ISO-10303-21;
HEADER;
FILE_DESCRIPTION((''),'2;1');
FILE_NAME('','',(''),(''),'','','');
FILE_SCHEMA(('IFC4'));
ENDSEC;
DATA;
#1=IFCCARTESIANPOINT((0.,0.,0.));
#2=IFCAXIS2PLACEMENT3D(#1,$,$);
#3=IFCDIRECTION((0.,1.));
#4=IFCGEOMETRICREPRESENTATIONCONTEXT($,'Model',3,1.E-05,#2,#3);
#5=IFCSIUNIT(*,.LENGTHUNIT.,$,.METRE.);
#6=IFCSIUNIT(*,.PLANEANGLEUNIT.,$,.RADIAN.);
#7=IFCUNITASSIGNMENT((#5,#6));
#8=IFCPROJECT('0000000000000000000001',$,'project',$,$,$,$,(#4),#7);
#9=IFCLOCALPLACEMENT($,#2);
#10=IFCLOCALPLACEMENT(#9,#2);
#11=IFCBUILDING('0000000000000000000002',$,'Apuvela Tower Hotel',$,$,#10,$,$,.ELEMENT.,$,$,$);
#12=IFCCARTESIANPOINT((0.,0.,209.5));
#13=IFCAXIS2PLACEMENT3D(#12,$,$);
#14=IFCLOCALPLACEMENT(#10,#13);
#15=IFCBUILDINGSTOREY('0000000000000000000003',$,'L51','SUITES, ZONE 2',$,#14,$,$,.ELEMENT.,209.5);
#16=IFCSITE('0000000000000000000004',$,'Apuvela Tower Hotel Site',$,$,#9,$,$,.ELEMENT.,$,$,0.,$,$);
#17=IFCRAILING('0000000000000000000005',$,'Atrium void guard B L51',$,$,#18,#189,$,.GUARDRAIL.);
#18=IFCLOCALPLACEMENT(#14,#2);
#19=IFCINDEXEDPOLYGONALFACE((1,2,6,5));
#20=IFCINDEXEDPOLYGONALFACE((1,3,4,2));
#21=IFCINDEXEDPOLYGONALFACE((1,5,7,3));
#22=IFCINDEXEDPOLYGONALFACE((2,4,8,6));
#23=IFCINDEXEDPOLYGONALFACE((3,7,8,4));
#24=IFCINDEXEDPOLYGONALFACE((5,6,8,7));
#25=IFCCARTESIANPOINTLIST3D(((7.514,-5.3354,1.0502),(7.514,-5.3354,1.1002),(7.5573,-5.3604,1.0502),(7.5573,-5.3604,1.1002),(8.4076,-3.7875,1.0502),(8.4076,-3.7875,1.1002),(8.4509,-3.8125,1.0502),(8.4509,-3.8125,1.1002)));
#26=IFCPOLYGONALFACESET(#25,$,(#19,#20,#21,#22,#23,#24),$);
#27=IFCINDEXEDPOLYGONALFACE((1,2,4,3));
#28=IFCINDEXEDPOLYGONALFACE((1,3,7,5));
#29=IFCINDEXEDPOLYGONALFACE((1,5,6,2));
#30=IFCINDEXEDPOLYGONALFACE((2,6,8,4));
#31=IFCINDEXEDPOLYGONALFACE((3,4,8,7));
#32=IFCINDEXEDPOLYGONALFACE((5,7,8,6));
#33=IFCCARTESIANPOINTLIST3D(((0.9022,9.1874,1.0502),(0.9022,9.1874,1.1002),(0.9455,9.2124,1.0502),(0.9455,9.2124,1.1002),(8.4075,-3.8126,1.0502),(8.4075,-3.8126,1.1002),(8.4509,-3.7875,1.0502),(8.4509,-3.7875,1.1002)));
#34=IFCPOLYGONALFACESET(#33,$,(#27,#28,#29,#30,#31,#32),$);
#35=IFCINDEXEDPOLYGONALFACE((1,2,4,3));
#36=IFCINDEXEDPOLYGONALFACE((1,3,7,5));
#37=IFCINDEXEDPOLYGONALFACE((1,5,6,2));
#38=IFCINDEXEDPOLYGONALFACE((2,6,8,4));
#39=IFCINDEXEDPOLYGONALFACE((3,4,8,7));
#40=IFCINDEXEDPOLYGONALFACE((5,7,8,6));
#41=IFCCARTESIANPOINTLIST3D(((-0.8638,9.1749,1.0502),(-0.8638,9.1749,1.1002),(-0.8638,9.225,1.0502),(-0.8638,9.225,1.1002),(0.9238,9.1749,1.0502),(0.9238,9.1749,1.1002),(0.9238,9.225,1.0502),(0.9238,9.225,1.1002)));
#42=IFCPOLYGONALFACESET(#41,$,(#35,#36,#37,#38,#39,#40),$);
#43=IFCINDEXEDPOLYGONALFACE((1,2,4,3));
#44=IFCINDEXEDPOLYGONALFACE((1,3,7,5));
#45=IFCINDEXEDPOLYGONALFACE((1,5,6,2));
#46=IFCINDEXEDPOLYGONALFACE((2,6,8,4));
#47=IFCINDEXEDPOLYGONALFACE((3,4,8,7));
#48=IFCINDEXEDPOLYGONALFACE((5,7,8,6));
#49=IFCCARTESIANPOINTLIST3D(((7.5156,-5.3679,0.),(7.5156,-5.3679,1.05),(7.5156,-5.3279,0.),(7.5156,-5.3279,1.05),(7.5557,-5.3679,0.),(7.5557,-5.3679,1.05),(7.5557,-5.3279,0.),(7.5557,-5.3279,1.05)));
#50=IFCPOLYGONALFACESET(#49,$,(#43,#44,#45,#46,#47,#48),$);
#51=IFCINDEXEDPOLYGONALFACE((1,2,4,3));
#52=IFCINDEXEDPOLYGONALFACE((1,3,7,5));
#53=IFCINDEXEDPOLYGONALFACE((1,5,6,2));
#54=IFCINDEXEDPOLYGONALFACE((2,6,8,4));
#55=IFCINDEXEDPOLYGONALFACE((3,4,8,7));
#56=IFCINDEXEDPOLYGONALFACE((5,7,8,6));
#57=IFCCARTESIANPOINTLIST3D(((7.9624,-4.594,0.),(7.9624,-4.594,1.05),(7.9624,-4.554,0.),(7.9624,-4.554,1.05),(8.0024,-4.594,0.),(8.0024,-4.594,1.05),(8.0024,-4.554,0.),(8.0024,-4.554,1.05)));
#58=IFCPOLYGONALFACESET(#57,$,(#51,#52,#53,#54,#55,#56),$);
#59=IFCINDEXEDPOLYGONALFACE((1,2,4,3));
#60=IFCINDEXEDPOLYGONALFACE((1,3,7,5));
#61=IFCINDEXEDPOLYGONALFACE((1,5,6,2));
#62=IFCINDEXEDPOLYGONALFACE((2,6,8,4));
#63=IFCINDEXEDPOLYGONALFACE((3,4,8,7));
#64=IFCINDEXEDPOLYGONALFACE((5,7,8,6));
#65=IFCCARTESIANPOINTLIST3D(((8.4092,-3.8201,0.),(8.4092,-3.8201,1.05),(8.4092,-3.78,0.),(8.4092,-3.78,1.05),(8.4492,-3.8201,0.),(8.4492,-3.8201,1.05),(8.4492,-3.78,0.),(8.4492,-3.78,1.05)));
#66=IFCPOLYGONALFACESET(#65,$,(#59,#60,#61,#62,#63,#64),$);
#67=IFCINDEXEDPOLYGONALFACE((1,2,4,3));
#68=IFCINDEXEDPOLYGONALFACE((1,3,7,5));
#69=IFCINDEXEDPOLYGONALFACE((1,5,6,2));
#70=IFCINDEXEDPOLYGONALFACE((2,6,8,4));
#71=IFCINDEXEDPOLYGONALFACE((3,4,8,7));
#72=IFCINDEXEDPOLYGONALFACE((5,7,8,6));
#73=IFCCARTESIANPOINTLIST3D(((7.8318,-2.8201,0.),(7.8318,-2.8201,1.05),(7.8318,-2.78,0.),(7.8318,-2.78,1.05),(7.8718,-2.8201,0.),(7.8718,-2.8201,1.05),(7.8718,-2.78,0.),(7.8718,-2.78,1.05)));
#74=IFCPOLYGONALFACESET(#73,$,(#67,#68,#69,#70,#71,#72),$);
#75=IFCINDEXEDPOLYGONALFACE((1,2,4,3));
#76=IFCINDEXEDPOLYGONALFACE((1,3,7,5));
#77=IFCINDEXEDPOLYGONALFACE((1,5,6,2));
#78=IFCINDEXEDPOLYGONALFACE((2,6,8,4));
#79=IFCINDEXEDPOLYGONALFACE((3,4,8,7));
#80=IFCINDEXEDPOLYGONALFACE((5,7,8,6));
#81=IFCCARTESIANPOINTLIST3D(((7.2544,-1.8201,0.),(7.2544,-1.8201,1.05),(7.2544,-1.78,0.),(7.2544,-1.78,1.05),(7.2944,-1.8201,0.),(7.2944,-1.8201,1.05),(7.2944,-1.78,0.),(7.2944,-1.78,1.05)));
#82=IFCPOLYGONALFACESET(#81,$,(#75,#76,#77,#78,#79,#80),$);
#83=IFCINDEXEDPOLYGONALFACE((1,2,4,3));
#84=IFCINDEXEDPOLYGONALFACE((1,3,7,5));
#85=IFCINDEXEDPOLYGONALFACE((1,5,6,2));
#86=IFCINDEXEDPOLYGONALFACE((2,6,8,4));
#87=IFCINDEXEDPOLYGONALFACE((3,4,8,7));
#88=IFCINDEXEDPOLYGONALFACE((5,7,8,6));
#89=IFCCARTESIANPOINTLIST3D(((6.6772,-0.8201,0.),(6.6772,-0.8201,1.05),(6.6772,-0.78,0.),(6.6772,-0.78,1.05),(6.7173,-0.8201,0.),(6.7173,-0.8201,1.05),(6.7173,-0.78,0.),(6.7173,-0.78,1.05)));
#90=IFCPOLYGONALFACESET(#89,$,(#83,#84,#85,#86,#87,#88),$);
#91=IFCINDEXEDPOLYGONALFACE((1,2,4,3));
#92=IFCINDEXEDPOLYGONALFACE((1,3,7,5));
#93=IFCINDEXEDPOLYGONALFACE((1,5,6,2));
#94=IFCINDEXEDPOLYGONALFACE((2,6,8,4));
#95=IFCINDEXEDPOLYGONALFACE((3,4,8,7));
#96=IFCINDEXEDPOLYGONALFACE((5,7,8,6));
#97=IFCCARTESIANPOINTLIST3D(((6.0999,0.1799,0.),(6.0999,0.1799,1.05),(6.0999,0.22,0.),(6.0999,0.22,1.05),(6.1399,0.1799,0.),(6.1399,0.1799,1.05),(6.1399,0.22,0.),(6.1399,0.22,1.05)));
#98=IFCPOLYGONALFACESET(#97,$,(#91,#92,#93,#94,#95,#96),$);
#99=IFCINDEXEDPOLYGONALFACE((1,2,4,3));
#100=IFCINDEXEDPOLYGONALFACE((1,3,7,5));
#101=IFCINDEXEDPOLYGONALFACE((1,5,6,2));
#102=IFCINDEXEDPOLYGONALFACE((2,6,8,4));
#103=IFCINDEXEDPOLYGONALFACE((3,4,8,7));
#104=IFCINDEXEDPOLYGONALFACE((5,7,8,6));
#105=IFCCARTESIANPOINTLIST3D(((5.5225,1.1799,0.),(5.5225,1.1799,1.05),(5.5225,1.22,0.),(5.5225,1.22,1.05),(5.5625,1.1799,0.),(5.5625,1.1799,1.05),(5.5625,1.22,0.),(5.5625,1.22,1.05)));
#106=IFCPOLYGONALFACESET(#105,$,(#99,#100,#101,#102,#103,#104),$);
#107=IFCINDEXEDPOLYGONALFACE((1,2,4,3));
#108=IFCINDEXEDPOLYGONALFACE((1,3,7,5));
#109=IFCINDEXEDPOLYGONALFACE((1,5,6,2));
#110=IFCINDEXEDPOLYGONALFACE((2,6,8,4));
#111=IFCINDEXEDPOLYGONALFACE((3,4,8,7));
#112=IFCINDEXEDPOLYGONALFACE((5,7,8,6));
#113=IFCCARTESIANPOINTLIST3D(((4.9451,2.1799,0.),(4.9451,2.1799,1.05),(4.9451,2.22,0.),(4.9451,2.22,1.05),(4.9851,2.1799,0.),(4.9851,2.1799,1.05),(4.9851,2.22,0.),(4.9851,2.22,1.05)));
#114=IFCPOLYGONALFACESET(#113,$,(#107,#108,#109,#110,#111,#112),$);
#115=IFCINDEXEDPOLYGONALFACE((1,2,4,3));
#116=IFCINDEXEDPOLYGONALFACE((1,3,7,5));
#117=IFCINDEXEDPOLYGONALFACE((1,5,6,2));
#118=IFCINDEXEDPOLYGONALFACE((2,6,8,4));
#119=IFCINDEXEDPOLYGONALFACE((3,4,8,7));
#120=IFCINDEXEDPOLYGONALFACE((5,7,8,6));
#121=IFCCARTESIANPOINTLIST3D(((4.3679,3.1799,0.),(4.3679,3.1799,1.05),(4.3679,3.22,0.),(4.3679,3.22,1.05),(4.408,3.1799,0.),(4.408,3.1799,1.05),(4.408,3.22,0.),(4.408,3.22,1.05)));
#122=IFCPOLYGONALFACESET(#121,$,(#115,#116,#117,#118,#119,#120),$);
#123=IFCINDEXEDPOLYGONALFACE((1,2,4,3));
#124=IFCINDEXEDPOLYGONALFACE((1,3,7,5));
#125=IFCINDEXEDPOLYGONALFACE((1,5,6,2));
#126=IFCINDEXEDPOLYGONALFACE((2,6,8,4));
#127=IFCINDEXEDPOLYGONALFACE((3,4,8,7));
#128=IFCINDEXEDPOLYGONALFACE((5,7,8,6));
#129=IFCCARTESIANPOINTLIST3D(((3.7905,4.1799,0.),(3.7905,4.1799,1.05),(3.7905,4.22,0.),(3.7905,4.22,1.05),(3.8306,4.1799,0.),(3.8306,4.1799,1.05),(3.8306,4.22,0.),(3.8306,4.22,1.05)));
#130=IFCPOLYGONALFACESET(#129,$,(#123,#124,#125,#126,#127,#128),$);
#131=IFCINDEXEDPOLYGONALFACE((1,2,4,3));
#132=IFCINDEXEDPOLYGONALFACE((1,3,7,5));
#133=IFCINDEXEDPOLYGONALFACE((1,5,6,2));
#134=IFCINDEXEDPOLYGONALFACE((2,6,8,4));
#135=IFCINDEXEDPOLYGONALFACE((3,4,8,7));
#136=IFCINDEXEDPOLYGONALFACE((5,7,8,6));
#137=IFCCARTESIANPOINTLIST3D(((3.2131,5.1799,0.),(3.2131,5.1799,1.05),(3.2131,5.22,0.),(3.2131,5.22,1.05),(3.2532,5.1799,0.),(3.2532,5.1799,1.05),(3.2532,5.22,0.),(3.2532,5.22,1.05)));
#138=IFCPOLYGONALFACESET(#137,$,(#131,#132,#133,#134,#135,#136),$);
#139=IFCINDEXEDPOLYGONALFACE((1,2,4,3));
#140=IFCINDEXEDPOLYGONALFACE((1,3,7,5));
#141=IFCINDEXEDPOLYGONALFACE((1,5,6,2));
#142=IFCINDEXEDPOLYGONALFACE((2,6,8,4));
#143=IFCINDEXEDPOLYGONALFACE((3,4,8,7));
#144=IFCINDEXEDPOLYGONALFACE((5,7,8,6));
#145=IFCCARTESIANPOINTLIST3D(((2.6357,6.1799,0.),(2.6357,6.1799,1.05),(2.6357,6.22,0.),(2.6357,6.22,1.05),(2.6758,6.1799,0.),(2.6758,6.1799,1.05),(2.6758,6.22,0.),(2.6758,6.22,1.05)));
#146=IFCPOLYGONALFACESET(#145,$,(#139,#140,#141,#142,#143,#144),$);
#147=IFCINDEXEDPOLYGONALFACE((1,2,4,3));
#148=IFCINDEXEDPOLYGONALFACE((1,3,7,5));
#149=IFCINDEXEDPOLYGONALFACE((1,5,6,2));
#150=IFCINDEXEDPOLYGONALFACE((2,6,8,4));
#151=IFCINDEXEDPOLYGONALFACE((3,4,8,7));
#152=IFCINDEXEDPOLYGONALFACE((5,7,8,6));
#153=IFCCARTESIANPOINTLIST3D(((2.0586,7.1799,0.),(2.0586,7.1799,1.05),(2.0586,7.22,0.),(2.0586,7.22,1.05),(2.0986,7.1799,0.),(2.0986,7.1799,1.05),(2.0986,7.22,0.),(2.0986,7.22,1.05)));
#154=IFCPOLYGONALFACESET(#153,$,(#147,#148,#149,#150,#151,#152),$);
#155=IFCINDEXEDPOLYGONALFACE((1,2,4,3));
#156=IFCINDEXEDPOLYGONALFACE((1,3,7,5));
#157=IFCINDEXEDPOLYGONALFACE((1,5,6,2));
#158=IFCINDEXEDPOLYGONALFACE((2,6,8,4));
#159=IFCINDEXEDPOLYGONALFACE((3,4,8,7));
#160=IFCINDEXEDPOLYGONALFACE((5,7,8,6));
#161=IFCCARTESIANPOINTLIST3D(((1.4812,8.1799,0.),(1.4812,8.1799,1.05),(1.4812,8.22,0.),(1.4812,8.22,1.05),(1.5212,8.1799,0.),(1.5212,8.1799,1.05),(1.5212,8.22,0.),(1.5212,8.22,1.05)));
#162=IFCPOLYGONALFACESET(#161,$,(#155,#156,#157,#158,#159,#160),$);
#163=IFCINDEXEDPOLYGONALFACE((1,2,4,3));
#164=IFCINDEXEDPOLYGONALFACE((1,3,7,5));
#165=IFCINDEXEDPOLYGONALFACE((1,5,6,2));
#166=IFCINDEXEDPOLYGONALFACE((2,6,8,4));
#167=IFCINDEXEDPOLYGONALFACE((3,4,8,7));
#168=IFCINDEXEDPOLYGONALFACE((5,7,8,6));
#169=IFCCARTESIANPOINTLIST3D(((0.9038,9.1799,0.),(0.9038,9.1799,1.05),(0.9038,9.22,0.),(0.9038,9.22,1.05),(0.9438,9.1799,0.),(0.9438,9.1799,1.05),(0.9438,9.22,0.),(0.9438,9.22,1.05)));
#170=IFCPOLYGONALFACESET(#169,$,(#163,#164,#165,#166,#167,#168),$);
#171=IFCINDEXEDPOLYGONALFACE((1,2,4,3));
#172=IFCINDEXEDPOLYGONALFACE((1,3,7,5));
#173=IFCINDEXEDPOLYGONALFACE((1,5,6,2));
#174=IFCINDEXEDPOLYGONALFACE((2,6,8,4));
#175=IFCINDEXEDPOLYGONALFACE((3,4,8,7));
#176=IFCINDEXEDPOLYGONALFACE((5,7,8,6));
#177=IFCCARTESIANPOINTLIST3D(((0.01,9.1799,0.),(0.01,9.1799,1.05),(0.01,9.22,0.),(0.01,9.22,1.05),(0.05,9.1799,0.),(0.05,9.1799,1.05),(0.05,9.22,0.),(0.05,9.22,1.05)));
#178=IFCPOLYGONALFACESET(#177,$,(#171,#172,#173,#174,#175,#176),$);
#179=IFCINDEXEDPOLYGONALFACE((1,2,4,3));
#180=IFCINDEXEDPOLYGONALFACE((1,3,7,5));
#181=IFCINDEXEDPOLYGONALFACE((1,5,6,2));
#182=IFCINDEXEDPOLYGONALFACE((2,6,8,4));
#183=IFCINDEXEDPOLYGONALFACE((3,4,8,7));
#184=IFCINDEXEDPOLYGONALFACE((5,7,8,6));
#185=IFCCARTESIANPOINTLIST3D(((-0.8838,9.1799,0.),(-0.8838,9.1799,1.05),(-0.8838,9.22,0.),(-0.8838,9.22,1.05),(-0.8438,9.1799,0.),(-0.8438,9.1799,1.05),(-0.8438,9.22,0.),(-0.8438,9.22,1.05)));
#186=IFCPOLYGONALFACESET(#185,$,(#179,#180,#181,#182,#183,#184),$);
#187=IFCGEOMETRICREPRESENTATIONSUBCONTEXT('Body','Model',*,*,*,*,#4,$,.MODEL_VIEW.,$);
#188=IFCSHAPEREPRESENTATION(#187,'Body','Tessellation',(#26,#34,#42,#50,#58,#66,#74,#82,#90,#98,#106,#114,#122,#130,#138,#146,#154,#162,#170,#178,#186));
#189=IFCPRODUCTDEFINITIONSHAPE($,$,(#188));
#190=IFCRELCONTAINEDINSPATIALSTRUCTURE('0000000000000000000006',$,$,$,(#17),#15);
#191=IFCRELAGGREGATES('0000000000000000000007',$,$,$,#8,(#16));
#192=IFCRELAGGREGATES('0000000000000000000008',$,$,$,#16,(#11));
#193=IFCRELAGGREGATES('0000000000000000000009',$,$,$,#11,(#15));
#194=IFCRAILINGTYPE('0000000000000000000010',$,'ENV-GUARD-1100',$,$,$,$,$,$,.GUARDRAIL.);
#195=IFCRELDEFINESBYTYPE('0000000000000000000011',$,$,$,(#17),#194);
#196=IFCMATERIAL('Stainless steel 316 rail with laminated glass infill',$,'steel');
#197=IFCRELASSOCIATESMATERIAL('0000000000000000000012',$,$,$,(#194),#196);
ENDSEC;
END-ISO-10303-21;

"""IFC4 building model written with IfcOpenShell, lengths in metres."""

from ifc_helpers import new_model, si_unit, direction, frame, origin, origin_2d, place, context, subcontext, project, spatial, rectangle, extrude, material, type_object, element, save


model = new_model("IFC4")

# Units and contexts
model_context = context("Model", 3, precision=1e-05, world=origin(), true_north=direction((0.0, 1.0)))
body_context = subcontext(model_context, "Body", "Model", "MODEL_VIEW")
ifc_project = project(units=[si_unit("LENGTHUNIT", "METRE"), si_unit("PLANEANGLEUNIT", "RADIAN")], contexts=[model_context])

# Site, building, storey
site_placement = place(None, origin())
site = spatial("IfcSite", under=ifc_project, at=site_placement, Name="Apuvela Tower Hotel Site", CompositionType="ELEMENT", RefElevation=0.0)
building_placement = place(site_placement, origin())
building = spatial("IfcBuilding", under=site, at=building_placement, Name="Apuvela Tower Hotel", CompositionType="ELEMENT")
storey_placement = place(building_placement, frame((0.0, 0.0, 209.5)))
storey = spatial("IfcBuildingStorey", under=building, at=storey_placement, Name="L51", Description="SUITES, ZONE 2", CompositionType="ELEMENT", Elevation=209.5)

# Railing
ifc_material_1 = material(Name="Stainless steel 316 rail with laminated glass infill", Category="steel")
railing_type_1 = type_object("IfcRailingType", Name="ENV-GUARD-1100", PredefinedType="GUARDRAIL", material=ifc_material_1)
railing_1_placement = place(storey_placement, frame((7.5356, -5.3479, 0.0)))
element("IfcRailing", 1, at=railing_1_placement, inside=storey, type_object=railing_type_1, Name="Atrium void guard B L51", PredefinedType="GUARDRAIL", context=body_context, shape_type="SweptSolid", body=[
    extrude(rectangle(XDim=0.05, YDim=0.05, at=origin_2d()), frame((0.0, 0.0, 1.0752), z_axis=(0.499959, 0.866049, 0.0), x_axis=(-0.866049, 0.499959, 0.0)), (0.0, 0.0, 1.0), 1.7874),
    extrude(rectangle(XDim=0.05, YDim=0.05, at=origin_2d()), frame((0.8936, 1.5479, 1.0752), z_axis=(-0.499991, 0.866031, 0.0), x_axis=(-0.866031, -0.499991, 0.0)), (0.0, 0.0, 1.0), 15.011),
    extrude(rectangle(XDim=0.05, YDim=0.05, at=origin_2d()), frame((-6.6118, 14.5479, 1.0752), z_axis=(-1.0, 0.0, 0.0), x_axis=(0.0, -1.0, 0.0)), (0.0, 0.0, 1.0), 1.7876),
    extrude(rectangle(XDim=0.04, YDim=0.04, at=origin_2d()), origin(), (0.0, 0.0, 1.0), 1.05),
    extrude(rectangle(XDim=0.04, YDim=0.04, at=origin_2d()), frame((0.4468, 0.7739, 0.0)), (0.0, 0.0, 1.0), 1.05),
    extrude(rectangle(XDim=0.04, YDim=0.04, at=origin_2d()), frame((0.8936, 1.5479, 0.0)), (0.0, 0.0, 1.0), 1.05),
    extrude(rectangle(XDim=0.04, YDim=0.04, at=origin_2d()), frame((0.3162, 2.5479, 0.0)), (0.0, 0.0, 1.0), 1.05),
    extrude(rectangle(XDim=0.04, YDim=0.04, at=origin_2d()), frame((-0.2612, 3.5479, 0.0)), (0.0, 0.0, 1.0), 1.05),
    extrude(rectangle(XDim=0.04, YDim=0.04, at=origin_2d()), frame((-0.8384, 4.5479, 0.0)), (0.0, 0.0, 1.0), 1.05),
    extrude(rectangle(XDim=0.04, YDim=0.04, at=origin_2d()), frame((-1.4158, 5.5479, 0.0)), (0.0, 0.0, 1.0), 1.05),
    extrude(rectangle(XDim=0.04, YDim=0.04, at=origin_2d()), frame((-1.9932, 6.5479, 0.0)), (0.0, 0.0, 1.0), 1.05),
    extrude(rectangle(XDim=0.04, YDim=0.04, at=origin_2d()), frame((-2.5706, 7.5479, 0.0)), (0.0, 0.0, 1.0), 1.05),
    extrude(rectangle(XDim=0.04, YDim=0.04, at=origin_2d()), frame((-3.1477, 8.5479, 0.0)), (0.0, 0.0, 1.0), 1.05),
    extrude(rectangle(XDim=0.04, YDim=0.04, at=origin_2d()), frame((-3.7251, 9.5479, 0.0)), (0.0, 0.0, 1.0), 1.05),
    extrude(rectangle(XDim=0.04, YDim=0.04, at=origin_2d()), frame((-4.3025, 10.5479, 0.0)), (0.0, 0.0, 1.0), 1.05),
    extrude(rectangle(XDim=0.04, YDim=0.04, at=origin_2d()), frame((-4.8799, 11.5479, 0.0)), (0.0, 0.0, 1.0), 1.05),
    extrude(rectangle(XDim=0.04, YDim=0.04, at=origin_2d()), frame((-5.457, 12.5479, 0.0)), (0.0, 0.0, 1.0), 1.05),
    extrude(rectangle(XDim=0.04, YDim=0.04, at=origin_2d()), frame((-6.0344, 13.5479, 0.0)), (0.0, 0.0, 1.0), 1.05),
    extrude(rectangle(XDim=0.04, YDim=0.04, at=origin_2d()), frame((-6.6118, 14.5479, 0.0)), (0.0, 0.0, 1.0), 1.05),
    extrude(rectangle(XDim=0.04, YDim=0.04, at=origin_2d()), frame((-7.5056, 14.5479, 0.0)), (0.0, 0.0, 1.0), 1.05),
    extrude(rectangle(XDim=0.04, YDim=0.04, at=origin_2d()), frame((-8.3994, 14.5479, 0.0)), (0.0, 0.0, 1.0), 1.05),
])

save(model, "model.ifc")
